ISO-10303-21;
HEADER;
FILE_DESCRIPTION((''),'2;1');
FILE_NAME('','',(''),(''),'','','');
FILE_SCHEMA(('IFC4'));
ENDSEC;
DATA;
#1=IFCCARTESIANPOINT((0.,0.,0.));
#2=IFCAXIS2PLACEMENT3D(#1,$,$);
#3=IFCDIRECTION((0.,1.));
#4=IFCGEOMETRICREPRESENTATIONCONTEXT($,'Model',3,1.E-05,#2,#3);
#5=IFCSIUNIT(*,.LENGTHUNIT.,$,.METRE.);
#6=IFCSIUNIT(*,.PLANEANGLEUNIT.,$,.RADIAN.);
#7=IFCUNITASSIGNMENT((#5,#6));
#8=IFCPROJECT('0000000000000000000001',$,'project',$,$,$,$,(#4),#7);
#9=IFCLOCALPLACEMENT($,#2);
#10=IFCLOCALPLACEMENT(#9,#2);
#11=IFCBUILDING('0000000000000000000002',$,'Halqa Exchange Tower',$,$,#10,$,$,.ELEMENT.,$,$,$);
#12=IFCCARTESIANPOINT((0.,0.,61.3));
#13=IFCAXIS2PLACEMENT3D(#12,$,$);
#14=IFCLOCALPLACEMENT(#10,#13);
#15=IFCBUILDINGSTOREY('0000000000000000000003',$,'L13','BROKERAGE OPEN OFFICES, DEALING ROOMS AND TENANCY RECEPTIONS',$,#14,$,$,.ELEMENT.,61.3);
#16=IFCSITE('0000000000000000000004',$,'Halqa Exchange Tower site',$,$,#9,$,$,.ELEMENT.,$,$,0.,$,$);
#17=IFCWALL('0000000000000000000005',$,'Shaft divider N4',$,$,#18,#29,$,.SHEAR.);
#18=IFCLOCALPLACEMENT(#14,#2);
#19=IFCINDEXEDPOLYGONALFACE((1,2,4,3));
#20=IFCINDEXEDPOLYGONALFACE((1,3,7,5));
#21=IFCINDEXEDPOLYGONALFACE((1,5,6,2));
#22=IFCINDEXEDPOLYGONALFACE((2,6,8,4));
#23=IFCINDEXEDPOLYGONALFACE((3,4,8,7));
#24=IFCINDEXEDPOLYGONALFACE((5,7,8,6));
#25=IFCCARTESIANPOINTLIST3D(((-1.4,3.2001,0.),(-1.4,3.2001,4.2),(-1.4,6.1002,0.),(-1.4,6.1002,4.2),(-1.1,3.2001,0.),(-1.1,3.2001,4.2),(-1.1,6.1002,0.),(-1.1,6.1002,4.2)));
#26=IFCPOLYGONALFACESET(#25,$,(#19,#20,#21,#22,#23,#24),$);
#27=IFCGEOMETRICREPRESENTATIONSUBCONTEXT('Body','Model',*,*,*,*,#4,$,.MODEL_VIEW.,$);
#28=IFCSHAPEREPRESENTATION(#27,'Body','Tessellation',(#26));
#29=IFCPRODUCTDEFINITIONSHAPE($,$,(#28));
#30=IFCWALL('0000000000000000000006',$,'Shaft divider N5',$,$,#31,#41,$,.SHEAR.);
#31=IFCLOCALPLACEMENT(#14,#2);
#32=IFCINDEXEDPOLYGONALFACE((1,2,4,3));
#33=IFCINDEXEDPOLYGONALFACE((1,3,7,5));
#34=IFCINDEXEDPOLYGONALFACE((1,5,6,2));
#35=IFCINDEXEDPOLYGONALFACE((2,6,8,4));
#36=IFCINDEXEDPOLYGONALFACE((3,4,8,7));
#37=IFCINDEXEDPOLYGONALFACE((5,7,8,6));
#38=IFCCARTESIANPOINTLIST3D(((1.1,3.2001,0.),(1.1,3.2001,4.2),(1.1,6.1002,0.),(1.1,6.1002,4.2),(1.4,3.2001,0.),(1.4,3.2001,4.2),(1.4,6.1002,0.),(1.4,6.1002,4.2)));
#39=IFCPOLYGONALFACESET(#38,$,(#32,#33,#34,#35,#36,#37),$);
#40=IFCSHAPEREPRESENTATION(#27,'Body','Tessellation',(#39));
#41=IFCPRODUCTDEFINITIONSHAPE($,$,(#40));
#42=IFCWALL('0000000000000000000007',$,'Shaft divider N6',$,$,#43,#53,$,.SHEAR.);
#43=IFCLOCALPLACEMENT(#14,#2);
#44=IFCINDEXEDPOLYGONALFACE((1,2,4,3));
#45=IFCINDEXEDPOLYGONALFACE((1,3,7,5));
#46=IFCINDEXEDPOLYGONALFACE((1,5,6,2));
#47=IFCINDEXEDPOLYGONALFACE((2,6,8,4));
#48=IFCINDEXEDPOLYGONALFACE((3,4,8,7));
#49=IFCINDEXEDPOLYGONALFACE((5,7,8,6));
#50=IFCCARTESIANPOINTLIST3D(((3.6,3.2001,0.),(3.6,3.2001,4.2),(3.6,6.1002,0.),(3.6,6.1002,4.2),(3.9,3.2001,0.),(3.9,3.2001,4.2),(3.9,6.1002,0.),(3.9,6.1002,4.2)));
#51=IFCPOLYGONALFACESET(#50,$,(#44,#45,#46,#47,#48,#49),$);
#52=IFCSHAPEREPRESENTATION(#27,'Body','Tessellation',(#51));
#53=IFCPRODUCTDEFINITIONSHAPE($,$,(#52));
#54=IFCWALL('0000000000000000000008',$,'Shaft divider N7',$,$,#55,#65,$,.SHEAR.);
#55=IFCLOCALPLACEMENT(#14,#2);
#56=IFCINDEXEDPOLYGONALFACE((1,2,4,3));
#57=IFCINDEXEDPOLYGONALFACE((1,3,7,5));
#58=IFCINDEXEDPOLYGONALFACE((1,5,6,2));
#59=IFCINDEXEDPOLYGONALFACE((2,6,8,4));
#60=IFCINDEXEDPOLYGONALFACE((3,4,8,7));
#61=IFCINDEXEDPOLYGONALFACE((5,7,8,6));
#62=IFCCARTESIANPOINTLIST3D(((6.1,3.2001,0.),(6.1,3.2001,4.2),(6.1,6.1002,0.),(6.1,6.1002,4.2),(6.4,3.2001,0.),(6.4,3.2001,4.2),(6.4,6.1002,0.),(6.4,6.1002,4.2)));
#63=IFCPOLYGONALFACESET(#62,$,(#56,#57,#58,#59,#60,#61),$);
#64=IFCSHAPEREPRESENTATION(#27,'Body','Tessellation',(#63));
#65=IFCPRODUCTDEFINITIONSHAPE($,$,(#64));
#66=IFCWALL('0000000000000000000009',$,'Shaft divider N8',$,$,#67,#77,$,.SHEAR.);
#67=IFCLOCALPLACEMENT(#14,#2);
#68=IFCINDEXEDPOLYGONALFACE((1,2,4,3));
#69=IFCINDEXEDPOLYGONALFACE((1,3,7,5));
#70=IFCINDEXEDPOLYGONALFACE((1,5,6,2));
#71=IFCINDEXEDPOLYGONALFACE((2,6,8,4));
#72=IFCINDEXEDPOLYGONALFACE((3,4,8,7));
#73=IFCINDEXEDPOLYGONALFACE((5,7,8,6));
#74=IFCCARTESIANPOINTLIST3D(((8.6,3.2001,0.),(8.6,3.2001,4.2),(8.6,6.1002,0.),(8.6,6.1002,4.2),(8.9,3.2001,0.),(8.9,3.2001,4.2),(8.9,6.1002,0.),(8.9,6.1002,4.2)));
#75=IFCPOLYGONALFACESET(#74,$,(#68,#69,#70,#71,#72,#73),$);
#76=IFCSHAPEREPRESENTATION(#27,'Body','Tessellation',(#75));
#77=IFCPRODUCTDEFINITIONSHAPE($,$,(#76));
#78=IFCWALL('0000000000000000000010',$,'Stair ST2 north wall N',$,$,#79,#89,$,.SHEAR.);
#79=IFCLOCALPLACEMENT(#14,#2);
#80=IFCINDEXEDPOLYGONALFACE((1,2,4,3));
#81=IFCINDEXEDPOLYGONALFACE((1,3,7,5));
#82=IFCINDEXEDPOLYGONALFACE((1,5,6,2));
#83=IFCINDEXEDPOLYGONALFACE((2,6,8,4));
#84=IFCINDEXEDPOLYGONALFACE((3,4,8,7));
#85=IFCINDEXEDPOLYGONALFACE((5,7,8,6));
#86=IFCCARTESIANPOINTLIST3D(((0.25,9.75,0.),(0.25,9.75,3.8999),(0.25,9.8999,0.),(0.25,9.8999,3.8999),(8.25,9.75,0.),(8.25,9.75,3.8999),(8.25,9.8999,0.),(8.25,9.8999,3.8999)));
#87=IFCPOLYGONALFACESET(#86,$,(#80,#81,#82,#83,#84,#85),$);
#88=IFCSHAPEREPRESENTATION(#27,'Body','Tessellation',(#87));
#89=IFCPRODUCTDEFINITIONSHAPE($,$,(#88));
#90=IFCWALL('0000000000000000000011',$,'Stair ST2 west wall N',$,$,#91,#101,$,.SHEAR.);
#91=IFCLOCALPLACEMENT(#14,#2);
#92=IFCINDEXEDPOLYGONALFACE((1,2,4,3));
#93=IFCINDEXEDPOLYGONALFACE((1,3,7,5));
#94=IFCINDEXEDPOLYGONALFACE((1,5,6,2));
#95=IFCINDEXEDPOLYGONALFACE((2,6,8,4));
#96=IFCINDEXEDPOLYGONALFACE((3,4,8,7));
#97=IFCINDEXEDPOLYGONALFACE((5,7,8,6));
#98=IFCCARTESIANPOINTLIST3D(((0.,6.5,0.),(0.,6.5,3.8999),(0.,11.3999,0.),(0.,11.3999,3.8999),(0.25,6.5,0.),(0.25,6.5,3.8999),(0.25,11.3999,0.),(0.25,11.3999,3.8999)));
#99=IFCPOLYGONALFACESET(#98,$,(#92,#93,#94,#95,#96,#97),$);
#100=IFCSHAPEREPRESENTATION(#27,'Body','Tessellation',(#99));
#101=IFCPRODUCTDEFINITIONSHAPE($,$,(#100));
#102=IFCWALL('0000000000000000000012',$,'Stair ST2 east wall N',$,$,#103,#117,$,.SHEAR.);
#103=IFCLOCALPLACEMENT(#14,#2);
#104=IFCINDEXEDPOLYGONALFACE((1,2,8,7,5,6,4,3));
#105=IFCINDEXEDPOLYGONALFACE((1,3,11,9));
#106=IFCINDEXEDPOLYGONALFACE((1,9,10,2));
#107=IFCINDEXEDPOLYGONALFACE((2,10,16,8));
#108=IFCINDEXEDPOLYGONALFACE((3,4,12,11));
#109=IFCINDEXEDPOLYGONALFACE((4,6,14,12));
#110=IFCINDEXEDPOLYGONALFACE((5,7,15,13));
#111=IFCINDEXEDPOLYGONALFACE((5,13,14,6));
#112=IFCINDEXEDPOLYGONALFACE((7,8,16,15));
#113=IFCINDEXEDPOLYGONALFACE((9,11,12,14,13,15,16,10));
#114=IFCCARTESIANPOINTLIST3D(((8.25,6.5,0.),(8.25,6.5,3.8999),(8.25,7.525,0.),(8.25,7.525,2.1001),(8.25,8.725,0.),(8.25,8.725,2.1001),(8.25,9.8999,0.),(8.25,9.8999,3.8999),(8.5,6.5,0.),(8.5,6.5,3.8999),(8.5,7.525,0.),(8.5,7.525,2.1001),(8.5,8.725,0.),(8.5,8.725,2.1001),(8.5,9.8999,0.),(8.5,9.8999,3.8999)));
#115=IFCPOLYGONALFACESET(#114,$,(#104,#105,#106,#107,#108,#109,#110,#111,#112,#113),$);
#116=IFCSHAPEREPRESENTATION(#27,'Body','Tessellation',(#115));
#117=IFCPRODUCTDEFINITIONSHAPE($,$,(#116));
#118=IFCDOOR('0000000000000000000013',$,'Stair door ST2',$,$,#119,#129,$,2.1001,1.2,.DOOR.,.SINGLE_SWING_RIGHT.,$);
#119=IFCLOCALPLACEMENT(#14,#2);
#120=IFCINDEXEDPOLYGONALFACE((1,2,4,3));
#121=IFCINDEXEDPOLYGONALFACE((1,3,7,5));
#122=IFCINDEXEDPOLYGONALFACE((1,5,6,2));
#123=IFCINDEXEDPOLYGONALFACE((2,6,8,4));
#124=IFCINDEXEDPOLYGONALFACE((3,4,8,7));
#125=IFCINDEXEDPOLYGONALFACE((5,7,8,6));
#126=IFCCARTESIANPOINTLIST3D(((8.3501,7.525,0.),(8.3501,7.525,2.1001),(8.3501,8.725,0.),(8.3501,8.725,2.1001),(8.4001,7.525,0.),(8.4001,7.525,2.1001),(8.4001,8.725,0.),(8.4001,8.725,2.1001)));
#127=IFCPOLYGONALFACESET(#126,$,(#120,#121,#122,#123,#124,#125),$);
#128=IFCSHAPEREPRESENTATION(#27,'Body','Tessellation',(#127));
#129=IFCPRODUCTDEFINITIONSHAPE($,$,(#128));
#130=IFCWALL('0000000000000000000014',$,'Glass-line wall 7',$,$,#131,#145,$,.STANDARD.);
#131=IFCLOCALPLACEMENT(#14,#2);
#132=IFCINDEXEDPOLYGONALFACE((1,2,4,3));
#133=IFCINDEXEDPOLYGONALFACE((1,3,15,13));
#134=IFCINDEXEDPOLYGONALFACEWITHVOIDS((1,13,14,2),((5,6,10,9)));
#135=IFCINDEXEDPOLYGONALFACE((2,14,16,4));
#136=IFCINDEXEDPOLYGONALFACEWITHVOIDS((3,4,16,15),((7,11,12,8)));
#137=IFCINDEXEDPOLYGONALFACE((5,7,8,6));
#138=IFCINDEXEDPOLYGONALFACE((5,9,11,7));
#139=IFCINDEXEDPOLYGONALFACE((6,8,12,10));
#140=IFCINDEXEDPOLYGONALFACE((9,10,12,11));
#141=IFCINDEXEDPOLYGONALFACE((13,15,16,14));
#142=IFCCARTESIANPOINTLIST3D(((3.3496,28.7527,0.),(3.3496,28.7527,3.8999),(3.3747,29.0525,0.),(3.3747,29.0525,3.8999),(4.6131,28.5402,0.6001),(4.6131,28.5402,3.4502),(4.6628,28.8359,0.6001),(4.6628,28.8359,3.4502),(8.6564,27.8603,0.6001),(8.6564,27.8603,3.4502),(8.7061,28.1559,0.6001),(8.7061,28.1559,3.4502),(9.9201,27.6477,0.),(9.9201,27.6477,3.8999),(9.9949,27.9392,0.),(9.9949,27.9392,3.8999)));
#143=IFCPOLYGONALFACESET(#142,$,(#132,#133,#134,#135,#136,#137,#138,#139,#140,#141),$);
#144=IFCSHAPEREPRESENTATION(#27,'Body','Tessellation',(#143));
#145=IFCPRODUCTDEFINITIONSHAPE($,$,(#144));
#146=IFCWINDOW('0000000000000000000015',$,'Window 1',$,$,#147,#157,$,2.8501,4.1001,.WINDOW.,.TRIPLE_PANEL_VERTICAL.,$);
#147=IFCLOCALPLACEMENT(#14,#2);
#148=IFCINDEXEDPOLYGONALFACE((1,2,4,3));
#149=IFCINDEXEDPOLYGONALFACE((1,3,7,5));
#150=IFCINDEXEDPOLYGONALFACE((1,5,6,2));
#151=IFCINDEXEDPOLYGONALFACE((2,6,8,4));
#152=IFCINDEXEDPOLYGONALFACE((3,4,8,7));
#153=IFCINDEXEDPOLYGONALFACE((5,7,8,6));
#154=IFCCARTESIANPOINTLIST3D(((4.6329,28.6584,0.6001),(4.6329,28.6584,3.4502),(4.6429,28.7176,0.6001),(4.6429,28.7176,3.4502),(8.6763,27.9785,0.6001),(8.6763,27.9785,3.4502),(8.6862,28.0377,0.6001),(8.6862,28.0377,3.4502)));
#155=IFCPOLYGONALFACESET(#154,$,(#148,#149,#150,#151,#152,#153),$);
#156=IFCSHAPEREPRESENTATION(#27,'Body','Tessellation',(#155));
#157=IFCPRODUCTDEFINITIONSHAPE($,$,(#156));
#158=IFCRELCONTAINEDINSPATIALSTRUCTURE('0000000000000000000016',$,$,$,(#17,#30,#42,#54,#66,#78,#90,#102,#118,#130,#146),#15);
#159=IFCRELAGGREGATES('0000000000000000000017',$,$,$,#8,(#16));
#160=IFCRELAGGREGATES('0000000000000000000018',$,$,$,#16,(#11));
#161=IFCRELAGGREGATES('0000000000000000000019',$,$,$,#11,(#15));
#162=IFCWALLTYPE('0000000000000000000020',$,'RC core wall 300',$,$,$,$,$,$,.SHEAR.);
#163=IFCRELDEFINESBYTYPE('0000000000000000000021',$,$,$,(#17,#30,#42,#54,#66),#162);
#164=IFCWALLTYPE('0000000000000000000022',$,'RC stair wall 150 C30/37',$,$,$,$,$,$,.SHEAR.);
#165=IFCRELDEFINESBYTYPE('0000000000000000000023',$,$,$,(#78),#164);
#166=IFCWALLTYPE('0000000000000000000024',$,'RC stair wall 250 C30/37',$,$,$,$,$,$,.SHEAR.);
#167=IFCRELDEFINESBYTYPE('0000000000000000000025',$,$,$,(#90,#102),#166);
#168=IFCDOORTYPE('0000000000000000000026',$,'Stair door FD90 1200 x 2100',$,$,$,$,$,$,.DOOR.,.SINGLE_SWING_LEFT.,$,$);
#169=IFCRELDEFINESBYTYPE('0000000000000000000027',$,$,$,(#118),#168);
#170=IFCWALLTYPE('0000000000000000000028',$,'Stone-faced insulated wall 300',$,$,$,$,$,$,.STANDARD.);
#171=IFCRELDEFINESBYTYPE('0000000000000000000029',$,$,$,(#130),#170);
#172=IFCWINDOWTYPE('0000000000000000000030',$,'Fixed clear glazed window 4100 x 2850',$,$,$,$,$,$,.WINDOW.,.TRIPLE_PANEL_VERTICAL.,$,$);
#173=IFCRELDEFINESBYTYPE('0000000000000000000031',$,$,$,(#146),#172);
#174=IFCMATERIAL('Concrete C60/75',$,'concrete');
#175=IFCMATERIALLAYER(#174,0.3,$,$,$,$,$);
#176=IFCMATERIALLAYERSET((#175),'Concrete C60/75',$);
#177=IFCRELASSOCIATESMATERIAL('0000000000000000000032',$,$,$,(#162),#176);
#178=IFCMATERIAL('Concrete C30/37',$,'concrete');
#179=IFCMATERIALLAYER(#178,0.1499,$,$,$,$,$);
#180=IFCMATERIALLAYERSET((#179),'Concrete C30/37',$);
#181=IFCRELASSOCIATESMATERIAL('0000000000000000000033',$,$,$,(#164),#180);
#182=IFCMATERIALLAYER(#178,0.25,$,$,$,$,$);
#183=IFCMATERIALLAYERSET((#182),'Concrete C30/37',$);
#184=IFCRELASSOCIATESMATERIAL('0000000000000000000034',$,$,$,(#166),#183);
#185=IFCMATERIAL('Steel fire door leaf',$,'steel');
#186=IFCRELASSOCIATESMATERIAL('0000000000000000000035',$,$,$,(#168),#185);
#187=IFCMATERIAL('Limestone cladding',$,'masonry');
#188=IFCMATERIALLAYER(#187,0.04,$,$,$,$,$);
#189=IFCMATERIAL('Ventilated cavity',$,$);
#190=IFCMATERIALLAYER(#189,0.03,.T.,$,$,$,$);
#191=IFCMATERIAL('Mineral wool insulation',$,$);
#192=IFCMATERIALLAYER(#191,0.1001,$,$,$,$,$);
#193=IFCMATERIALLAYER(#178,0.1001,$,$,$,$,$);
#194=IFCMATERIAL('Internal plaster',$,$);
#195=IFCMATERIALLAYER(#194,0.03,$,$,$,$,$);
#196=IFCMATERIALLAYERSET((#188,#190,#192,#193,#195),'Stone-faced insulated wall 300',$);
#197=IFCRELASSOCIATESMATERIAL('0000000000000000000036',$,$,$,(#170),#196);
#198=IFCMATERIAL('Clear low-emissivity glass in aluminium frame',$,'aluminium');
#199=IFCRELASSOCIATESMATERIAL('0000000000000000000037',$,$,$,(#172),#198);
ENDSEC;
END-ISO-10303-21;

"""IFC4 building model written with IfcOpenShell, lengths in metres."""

from ifc_helpers import new_model, si_unit, direction, frame, frame_2d, origin, place, context, subcontext, project, spatial, polyline, rectangle, outline, extrude, material, layer, layer_set, type_object, element, fill, save


model = new_model("IFC4")

# Units and contexts
model_context = context("Model", 3, precision=1e-05, world=origin(), true_north=direction((0.0, 1.0)))
body_context = subcontext(model_context, "Body", "Model", "MODEL_VIEW")
ifc_project = project(units=[si_unit("LENGTHUNIT", "METRE"), si_unit("PLANEANGLEUNIT", "RADIAN")], contexts=[model_context])

# Site, building, storey
site_placement = place(None, origin())
site = spatial("IfcSite", under=ifc_project, at=site_placement, Name="Halqa Exchange Tower site", CompositionType="ELEMENT", RefElevation=0.0)
building_placement = place(site_placement, origin())
building = spatial("IfcBuilding", under=site, at=building_placement, Name="Halqa Exchange Tower", CompositionType="ELEMENT")
storey_placement = place(building_placement, frame((0.0, 0.0, 61.3)))
storey = spatial("IfcBuildingStorey", under=building, at=storey_placement, Name="L13", Description="BROKERAGE OPEN OFFICES, DEALING ROOMS AND TENANCY RECEPTIONS", CompositionType="ELEMENT", Elevation=61.3)

# Shared definitions
ifc_material_1 = material(Name="Concrete C60/75", Category="concrete")

# Shared definitions
ifc_material_2 = material(Name="Concrete C30/37", Category="concrete")

# Walls
ifc_layer_1 = layer(ifc_material_1, 0.3)
ifc_layer_set_1 = layer_set([ifc_layer_1], Name="Concrete C60/75")
wall_type_1 = type_object("IfcWallType", Name="RC core wall 300", PredefinedType="SHEAR", material=ifc_layer_set_1)
for number, where, z_axis, x_axis, name in (
    (1, (-1.25, 3.2, 0.0), (0.0, 0.0, 1.0), (0.0, 1.0, 0.0), "Shaft divider N4"),
    (2, (1.25, 3.2, 0.0), (0.0, 0.0, 1.0), (0.0, 1.0, 0.0), "Shaft divider N5"),
    (3, (3.75, 3.2, 0.0), (0.0, 0.0, 1.0), (0.0, 1.0, 0.0), "Shaft divider N6"),
    (4, (6.25, 3.2, 0.0), (0.0, 0.0, 1.0), (0.0, 1.0, 0.0), "Shaft divider N7"),
    (5, (8.75, 3.2, 0.0), (0.0, 0.0, 1.0), (0.0, 1.0, 0.0), "Shaft divider N8"),
):
    element("IfcWall", number, at=place(storey_placement, frame(where, z_axis=z_axis, x_axis=x_axis)), inside=storey, type_object=wall_type_1, Name=name, PredefinedType="SHEAR", context=body_context, shape_type="SweptSolid", body=[
        extrude(rectangle(XDim=2.9001, YDim=0.3, at=frame_2d((1.4502, 0.0))), origin(), (0.0, 0.0, 1.0), 4.2),
    ])
ifc_layer_2 = layer(ifc_material_2, 0.1499)
ifc_layer_set_2 = layer_set([ifc_layer_2], Name="Concrete C30/37")
wall_type_2 = type_object("IfcWallType", Name="RC stair wall 150 C30/37", PredefinedType="SHEAR", material=ifc_layer_set_2)
wall_1_placement = place(storey_placement, frame((0.25, 9.825, 0.0), z_axis=(0.0, 0.0, 1.0), x_axis=(1.0, 0.0, 0.0)))
element("IfcWall", 6, at=wall_1_placement, inside=storey, type_object=wall_type_2, Name="Stair ST2 north wall N", PredefinedType="SHEAR", context=body_context, shape_type="SweptSolid", body=[
    extrude(rectangle(XDim=8.0, YDim=0.1499, at=frame_2d((4.0, 0.0))), origin(), (0.0, 0.0, 1.0), 3.8999),
])
ifc_layer_3 = layer(ifc_material_2, 0.25)
ifc_layer_set_3 = layer_set([ifc_layer_3], Name="Concrete C30/37")
wall_type_3 = type_object("IfcWallType", Name="RC stair wall 250 C30/37", PredefinedType="SHEAR", material=ifc_layer_set_3)
wall_2_placement = place(storey_placement, frame((0.125, 6.5, 0.0), z_axis=(0.0, 0.0, 1.0), x_axis=(0.0, 1.0, 0.0)))
element("IfcWall", 7, at=wall_2_placement, inside=storey, type_object=wall_type_3, Name="Stair ST2 west wall N", PredefinedType="SHEAR", context=body_context, shape_type="SweptSolid", body=[
    extrude(rectangle(XDim=4.8999, YDim=0.25, at=frame_2d((2.45, 0.0))), origin(), (0.0, 0.0, 1.0), 3.8999),
])

# Wall, opening, door
wall_3_placement = place(storey_placement, frame((8.375, 6.5, 0.0), z_axis=(0.0, 0.0, 1.0), x_axis=(0.0, 1.0, 0.0)))
wall_3 = element("IfcWall", 8, at=wall_3_placement, inside=storey, type_object=wall_type_3, Name="Stair ST2 east wall N", PredefinedType="SHEAR", context=body_context, shape_type="SweptSolid", body=[
    extrude(rectangle(XDim=3.3999, YDim=0.25, at=frame_2d((1.7, 0.0))), origin(), (0.0, 0.0, 1.0), 3.8999),
])
opening_1_placement = place(wall_3_placement, frame((1.0249, 0.0, 0.0)))
opening_1 = element("IfcOpeningElement", 9, at=opening_1_placement, cuts=wall_3, PredefinedType="OPENING", context=body_context, shape_type="SweptSolid", body=[
    extrude(rectangle(XDim=1.2, YDim=2.1001, at=frame_2d((0.6001, 1.05))), frame((0.0, 0.137, 0.0), z_axis=(0.0, -1.0, 0.0), x_axis=(1.0, 0.0, 0.0)), (0.0, 0.0, 1.0), 0.2739),
])
ifc_material_3 = material(Name="Steel fire door leaf", Category="steel")
door_type_1 = type_object("IfcDoorType", Name="Stair door FD90 1200 x 2100", OperationType="SINGLE_SWING_LEFT", PredefinedType="DOOR", material=ifc_material_3)
door_1_placement = place(opening_1_placement, origin())
door_1 = element("IfcDoor", 10, at=door_1_placement, inside=storey, type_object=door_type_1, Name="Stair door ST2", OperationType="SINGLE_SWING_RIGHT", OverallHeight=2.1001, OverallWidth=1.2, PredefinedType="DOOR", context=body_context, shape_type="SweptSolid", body=[
    extrude(rectangle(XDim=1.2, YDim=2.1001, at=frame_2d((0.6001, 1.05))), frame((0.0, 0.0249, 0.0), z_axis=(0.0, -1.0, 0.0), x_axis=(1.0, 0.0, 0.0)), (0.0, 0.0, 1.0), 0.05),
])
fill(opening_1, door_1)

# Wall, opening, window
ifc_material_4 = material(Name="Limestone cladding", Category="masonry")
ifc_layer_4 = layer(ifc_material_4, 0.04)
ifc_material_5 = material(Name="Ventilated cavity")
ifc_layer_5 = layer(ifc_material_5, 0.03, ventilated=True)
ifc_material_6 = material(Name="Mineral wool insulation")
ifc_layer_6 = layer(ifc_material_6, 0.1001)
ifc_layer_7 = layer(ifc_material_2, 0.1001)
ifc_material_7 = material(Name="Internal plaster")
ifc_layer_8 = layer(ifc_material_7, 0.03)
ifc_layer_set_4 = layer_set([ifc_layer_4, ifc_layer_5, ifc_layer_6, ifc_layer_7, ifc_layer_8], Name="Stone-faced insulated wall 300")
wall_type_4 = type_object("IfcWallType", Name="Stone-faced insulated wall 300", PredefinedType="STANDARD", material=ifc_layer_set_4)
wall_4_placement = place(storey_placement, frame((9.9575, 27.7935, 0.0), z_axis=(0.0, 0.0, 1.0), x_axis=(-0.986153, 0.165837, 0.0)))
wall_4 = element("IfcWall", 11, at=wall_4_placement, inside=storey, type_object=wall_type_4, Name="Glass-line wall 7", PredefinedType="STANDARD", context=body_context, shape_type="SweptSolid", body=[
    extrude(outline(polyline([(-0.0127, -0.1499), (6.7004, -0.1499), (6.6755, 0.1499), (0.0127, 0.1499), (-0.0127, -0.1499)])), origin(), (0.0, 0.0, 1.0), 3.8999),
])
opening_2_placement = place(wall_4_placement, frame((1.2942, 0.0, 0.6001)))
opening_2 = element("IfcOpeningElement", 12, at=opening_2_placement, cuts=wall_4, PredefinedType="OPENING", context=body_context, shape_type="SweptSolid", body=[
    extrude(rectangle(XDim=4.1001, YDim=2.8501, at=frame_2d((2.05, 1.425))), frame((0.0, 0.1621, 0.0), z_axis=(0.0, -1.0, 0.0), x_axis=(1.0, 0.0, 0.0)), (0.0, 0.0, 1.0), 0.324),
])
ifc_material_8 = material(Name="Clear low-emissivity glass in aluminium frame", Category="aluminium")
window_type = type_object("IfcWindowType", Name="Fixed clear glazed window 4100 x 2850", PartitioningType="TRIPLE_PANEL_VERTICAL", PredefinedType="WINDOW", material=ifc_material_8)
window_placement = place(opening_2_placement, origin())
window = element("IfcWindow", 13, at=window_placement, inside=storey, type_object=window_type, Name="Window 1", OverallHeight=2.8501, OverallWidth=4.1001, PartitioningType="TRIPLE_PANEL_VERTICAL", PredefinedType="WINDOW", context=body_context, shape_type="SweptSolid", body=[
    extrude(rectangle(XDim=4.1001, YDim=2.8501, at=frame_2d((2.05, 1.425))), frame((0.0, 0.03, 0.0), z_axis=(0.0, -1.0, 0.0), x_axis=(1.0, 0.0, 0.0)), (0.0, 0.0, 1.0), 0.0601),
])
fill(opening_2, window)

save(model, "model.ifc")
